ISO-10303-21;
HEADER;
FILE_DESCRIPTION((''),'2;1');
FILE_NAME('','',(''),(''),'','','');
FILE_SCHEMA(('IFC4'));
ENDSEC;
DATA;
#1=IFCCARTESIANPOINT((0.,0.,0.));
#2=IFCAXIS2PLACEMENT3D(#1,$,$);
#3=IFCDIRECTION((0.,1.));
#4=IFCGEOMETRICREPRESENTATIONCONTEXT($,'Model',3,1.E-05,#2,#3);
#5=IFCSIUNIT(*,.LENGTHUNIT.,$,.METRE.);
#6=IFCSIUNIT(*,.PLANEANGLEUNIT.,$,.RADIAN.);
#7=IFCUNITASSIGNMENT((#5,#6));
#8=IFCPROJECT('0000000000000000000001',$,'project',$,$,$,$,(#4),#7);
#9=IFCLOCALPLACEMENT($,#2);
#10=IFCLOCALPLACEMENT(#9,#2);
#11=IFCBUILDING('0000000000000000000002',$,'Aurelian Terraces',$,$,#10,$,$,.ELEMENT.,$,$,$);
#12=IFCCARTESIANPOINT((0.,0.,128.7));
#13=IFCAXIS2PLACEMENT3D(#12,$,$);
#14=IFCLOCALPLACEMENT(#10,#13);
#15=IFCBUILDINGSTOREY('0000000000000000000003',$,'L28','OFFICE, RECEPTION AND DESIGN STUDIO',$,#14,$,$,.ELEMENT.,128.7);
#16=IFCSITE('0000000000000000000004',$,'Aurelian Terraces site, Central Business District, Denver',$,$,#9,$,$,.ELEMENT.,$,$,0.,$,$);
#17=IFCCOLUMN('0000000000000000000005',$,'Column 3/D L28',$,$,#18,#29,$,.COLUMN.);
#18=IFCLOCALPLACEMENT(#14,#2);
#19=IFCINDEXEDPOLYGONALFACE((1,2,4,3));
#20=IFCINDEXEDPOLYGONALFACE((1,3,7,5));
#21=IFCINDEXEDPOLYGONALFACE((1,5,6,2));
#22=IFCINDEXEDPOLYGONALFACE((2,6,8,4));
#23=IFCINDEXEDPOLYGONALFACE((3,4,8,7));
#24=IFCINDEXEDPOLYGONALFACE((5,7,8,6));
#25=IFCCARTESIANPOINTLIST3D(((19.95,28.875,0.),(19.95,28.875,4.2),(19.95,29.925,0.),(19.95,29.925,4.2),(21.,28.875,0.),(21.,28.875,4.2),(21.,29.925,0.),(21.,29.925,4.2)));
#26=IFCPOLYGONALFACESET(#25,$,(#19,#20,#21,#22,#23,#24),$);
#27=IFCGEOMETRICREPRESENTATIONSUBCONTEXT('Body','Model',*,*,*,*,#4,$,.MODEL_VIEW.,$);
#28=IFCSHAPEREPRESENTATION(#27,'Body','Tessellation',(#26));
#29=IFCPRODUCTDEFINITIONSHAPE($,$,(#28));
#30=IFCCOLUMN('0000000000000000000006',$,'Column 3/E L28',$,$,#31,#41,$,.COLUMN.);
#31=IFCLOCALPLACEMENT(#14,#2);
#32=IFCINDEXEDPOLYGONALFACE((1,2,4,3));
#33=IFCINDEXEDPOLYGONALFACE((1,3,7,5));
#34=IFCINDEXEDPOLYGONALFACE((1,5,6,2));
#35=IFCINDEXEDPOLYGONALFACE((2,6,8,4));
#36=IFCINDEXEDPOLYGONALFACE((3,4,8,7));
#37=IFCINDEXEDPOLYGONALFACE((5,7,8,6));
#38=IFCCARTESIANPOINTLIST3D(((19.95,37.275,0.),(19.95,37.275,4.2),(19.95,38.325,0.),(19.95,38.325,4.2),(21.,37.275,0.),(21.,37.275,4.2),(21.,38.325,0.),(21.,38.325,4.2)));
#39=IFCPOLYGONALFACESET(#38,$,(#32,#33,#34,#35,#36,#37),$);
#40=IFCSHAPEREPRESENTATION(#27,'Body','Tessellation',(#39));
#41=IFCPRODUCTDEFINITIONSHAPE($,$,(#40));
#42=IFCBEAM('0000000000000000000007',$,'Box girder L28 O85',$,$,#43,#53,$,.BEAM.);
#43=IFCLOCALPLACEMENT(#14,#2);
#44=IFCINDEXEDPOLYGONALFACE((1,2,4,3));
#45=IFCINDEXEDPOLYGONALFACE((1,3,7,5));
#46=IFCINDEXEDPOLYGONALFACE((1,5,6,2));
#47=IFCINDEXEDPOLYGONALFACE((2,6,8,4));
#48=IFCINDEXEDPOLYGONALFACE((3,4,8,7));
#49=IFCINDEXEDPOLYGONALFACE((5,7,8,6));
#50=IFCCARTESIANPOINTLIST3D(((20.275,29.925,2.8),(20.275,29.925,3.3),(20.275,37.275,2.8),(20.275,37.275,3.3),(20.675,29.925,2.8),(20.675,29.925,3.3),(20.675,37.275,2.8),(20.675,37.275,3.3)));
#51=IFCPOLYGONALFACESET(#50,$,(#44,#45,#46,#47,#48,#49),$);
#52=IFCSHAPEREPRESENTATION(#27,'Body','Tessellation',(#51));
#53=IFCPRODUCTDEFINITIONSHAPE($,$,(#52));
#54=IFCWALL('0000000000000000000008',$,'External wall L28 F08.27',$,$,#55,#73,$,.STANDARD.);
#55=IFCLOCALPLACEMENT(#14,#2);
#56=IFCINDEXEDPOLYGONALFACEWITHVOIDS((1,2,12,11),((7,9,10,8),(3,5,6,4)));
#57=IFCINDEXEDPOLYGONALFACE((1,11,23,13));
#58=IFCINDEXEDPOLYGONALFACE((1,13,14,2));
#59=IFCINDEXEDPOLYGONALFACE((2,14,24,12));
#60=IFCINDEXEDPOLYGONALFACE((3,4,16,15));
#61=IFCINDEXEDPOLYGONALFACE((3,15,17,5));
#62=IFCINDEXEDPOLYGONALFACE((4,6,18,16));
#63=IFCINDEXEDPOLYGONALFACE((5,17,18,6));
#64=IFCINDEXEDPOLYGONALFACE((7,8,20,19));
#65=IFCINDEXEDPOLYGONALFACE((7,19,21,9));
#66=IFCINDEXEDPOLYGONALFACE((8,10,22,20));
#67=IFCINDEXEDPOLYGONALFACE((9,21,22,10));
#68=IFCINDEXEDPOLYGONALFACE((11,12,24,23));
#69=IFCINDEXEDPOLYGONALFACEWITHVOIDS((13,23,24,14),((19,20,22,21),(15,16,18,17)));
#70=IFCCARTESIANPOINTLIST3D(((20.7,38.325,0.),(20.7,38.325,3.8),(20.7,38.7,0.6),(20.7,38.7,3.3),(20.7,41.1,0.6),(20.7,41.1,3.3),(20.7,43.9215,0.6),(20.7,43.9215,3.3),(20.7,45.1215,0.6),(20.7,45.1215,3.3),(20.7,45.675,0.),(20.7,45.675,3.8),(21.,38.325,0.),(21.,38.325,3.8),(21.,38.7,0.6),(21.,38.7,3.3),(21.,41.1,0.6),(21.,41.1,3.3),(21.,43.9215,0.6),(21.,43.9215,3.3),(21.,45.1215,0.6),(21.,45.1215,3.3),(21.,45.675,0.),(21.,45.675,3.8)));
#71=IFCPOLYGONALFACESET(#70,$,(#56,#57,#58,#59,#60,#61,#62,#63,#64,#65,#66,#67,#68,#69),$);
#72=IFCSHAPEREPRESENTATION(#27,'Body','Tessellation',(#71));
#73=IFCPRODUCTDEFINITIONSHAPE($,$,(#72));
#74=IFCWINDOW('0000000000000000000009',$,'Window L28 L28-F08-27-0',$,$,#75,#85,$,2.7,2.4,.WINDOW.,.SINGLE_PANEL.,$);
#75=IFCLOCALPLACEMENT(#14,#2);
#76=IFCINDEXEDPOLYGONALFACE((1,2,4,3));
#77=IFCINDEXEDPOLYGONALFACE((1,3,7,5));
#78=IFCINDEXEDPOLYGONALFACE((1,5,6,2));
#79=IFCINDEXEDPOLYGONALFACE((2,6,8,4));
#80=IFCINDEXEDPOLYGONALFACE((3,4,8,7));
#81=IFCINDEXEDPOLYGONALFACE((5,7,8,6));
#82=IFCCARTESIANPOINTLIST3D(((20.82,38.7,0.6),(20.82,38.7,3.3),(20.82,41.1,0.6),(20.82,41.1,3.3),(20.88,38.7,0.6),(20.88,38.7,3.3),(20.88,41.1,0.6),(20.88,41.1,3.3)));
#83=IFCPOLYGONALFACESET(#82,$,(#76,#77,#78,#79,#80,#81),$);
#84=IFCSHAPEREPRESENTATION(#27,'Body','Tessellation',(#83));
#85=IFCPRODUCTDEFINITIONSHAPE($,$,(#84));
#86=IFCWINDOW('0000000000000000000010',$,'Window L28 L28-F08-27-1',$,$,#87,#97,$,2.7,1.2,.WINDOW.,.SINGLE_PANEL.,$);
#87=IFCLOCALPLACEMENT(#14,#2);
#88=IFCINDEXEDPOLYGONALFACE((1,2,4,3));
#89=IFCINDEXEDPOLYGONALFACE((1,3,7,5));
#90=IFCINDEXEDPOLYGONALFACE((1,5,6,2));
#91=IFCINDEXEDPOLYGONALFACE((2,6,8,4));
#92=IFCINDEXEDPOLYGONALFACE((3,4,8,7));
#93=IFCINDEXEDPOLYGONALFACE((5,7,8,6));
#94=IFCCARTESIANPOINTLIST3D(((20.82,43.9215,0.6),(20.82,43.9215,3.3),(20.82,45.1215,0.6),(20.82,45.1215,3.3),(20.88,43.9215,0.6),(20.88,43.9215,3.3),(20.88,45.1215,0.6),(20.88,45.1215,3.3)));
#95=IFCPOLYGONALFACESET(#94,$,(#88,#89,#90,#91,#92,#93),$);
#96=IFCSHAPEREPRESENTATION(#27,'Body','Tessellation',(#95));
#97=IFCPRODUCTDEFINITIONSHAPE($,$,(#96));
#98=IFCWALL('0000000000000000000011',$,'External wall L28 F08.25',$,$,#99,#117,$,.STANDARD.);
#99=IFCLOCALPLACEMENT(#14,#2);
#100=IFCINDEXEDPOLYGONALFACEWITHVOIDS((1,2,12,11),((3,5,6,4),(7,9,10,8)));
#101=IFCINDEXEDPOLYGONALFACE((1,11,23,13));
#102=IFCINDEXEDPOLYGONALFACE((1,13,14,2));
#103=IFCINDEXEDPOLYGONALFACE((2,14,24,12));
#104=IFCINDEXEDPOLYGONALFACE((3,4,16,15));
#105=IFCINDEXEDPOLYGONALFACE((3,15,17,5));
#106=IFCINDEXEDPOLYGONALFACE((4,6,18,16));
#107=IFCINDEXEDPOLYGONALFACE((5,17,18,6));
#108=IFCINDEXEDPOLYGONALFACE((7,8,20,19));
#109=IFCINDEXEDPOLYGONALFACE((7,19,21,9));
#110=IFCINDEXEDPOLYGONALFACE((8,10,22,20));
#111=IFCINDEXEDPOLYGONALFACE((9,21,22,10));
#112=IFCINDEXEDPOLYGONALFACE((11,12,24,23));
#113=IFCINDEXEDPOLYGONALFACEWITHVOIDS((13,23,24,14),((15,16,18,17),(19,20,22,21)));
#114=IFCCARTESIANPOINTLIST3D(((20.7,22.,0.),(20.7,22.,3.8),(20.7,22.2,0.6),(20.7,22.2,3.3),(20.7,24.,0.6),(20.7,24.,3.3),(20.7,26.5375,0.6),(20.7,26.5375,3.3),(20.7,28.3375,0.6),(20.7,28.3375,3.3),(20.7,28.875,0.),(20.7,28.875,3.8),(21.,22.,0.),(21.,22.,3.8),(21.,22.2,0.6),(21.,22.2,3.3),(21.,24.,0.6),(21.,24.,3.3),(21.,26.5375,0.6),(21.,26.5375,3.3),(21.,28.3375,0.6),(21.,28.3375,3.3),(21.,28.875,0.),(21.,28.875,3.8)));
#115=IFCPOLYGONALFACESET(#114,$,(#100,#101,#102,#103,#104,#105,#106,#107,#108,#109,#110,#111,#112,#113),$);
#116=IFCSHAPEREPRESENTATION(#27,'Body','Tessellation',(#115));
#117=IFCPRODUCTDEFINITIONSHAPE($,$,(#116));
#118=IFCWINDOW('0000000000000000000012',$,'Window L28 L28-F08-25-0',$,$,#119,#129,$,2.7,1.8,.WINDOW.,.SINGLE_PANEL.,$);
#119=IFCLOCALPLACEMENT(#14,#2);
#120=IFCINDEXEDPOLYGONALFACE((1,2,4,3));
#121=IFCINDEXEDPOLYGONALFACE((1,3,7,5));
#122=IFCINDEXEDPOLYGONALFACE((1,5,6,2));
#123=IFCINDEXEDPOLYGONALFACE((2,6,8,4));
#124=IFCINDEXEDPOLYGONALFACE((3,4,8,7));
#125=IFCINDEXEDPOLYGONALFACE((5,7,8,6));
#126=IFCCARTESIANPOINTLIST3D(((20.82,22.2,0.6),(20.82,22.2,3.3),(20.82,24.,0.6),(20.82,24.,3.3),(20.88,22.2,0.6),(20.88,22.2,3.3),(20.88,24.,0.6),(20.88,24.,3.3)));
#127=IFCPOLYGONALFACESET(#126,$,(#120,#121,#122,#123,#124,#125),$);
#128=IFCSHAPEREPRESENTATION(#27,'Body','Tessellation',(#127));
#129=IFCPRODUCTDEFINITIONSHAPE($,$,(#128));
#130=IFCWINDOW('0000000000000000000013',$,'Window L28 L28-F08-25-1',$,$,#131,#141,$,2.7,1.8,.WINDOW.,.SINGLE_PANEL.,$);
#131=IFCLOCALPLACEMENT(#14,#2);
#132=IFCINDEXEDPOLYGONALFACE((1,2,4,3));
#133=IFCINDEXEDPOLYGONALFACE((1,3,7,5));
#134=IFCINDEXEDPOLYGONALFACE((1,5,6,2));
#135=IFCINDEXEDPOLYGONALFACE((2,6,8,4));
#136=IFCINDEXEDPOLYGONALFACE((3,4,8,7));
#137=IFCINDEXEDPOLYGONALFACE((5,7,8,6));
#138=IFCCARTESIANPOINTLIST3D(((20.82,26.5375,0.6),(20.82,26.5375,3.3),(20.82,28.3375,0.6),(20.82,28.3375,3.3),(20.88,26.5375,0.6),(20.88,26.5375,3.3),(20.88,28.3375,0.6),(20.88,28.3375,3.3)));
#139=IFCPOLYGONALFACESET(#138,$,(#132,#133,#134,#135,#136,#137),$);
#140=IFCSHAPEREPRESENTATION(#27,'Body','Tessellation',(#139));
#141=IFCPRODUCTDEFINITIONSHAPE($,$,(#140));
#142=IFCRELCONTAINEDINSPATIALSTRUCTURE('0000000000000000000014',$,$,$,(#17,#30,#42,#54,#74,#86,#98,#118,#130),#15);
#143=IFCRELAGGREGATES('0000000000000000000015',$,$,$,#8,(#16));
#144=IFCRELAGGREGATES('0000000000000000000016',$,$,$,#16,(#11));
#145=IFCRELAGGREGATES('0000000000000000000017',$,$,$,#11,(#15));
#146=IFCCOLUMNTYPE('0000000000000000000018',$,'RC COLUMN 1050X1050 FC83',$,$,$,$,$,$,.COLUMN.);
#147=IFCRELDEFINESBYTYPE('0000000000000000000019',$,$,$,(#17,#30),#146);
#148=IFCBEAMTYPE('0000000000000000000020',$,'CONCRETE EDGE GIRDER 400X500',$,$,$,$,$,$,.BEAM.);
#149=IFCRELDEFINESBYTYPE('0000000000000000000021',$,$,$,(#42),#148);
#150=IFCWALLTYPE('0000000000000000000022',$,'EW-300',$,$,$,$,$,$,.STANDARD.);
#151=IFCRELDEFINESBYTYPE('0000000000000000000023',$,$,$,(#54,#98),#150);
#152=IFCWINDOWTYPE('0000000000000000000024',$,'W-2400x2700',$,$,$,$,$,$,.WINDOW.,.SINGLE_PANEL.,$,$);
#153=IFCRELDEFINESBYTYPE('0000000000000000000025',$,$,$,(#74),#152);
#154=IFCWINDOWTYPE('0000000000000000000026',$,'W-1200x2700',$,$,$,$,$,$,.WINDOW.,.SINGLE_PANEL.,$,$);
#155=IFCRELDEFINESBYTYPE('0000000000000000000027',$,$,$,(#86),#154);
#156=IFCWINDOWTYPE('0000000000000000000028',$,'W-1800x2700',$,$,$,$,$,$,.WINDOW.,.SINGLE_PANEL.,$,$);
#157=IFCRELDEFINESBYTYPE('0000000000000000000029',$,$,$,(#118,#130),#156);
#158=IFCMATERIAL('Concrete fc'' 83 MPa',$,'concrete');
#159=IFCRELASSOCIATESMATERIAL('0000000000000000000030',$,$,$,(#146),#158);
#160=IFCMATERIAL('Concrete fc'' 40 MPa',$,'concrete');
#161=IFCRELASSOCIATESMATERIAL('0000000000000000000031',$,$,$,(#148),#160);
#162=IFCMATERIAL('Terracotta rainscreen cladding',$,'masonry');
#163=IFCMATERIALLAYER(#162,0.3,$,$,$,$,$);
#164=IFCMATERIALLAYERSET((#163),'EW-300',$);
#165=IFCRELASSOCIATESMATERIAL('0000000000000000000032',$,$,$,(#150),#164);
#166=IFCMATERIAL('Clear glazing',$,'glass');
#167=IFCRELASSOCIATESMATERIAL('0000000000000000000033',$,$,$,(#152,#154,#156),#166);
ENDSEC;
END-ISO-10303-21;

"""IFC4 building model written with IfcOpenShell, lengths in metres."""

from ifc_helpers import new_model, si_unit, direction, frame, frame_2d, origin, origin_2d, place, context, subcontext, project, spatial, rectangle, extrude, source, transform, mapped, material, layer, layer_set, material_profile, profile_set, type_object, element, fill, save


model = new_model("IFC4")

# Units and contexts
model_context = context("Model", 3, precision=1e-05, world=origin(), true_north=direction((0.0, 1.0)))
body_context = subcontext(model_context, "Body", "Model", "MODEL_VIEW")
ifc_project = project(units=[si_unit("LENGTHUNIT", "METRE"), si_unit("PLANEANGLEUNIT", "RADIAN")], contexts=[model_context])

# Site, building, storey
site_placement = place(None, origin())
site = spatial("IfcSite", under=ifc_project, at=site_placement, Name="Aurelian Terraces site, Central Business District, Denver", CompositionType="ELEMENT", RefElevation=0.0)
building_placement = place(site_placement, origin())
building = spatial("IfcBuilding", under=site, at=building_placement, Name="Aurelian Terraces", CompositionType="ELEMENT")
storey_placement = place(building_placement, frame((0.0, 0.0, 128.7)))
storey = spatial("IfcBuildingStorey", under=building, at=storey_placement, Name="L28", Description="OFFICE, RECEPTION AND DESIGN STUDIO", CompositionType="ELEMENT", Elevation=128.7)

# Columns
ifc_material_1 = material(Name="Concrete fc' 83 MPa", Category="concrete")
ifc_material_profile_1 = material_profile(ifc_material_1, rectangle(XDim=1.05, YDim=1.05, at=origin_2d()))
ifc_profile_set_1 = profile_set([ifc_material_profile_1], Name="Concrete fc' 83 MPa")
column_type = type_object("IfcColumnType", Name="RC COLUMN 1050X1050 FC83", PredefinedType="COLUMN", material=ifc_profile_set_1)
shared_shape_1 = source(origin(), body_context, "Body", "SweptSolid", [
    extrude(rectangle(XDim=1.05, YDim=1.05, at=origin_2d()), origin(), (0.0, 0.0, 1.0), 4.2),
])
for number, where, z_axis, x_axis, name in (
    (1, (20.475, 29.4, 0.0), (0.0, 0.0, 1.0), (1.0, 0.0, 0.0), "Column 3/D L28"),
    (2, (20.475, 37.8, 0.0), (0.0, 0.0, 1.0), (1.0, 0.0, 0.0), "Column 3/E L28"),
):
    element("IfcColumn", number, at=place(storey_placement, frame(where, z_axis=z_axis, x_axis=x_axis)), inside=storey, type_object=column_type, Name=name, PredefinedType="COLUMN", context=body_context, shape_type="MappedRepresentation", body=[
        mapped(shared_shape_1, transform((0.0, 0.0, 0.0), scale=1.0)),
    ])

# Beam
ifc_material_2 = material(Name="Concrete fc' 40 MPa", Category="concrete")
ifc_material_profile_2 = material_profile(ifc_material_2, rectangle(XDim=0.4, YDim=0.5, at=origin_2d()))
ifc_profile_set_2 = profile_set([ifc_material_profile_2], Name="Concrete fc' 40 MPa")
beam_type = type_object("IfcBeamType", Name="CONCRETE EDGE GIRDER 400X500", PredefinedType="BEAM", material=ifc_profile_set_2)
shared_shape_2 = source(origin(), body_context, "Body", "SweptSolid", [
    extrude(rectangle(XDim=0.4, YDim=0.5, at=origin_2d()), origin(), (0.0, 0.0, 1.0), 7.35),
])
beam_placement = place(storey_placement, frame((20.475, 29.925, 3.05), z_axis=(0.0, 1.0, 0.0), x_axis=(-1.0, 0.0, 0.0)))
element("IfcBeam", 3, at=beam_placement, inside=storey, type_object=beam_type, Name="Box girder L28 O85", PredefinedType="BEAM", context=body_context, shape_type="MappedRepresentation", body=[
    mapped(shared_shape_2, transform((0.0, 0.0, 0.0), scale=1.0)),
])

# Walls, openings, windows
ifc_material_3 = material(Name="Terracotta rainscreen cladding", Category="masonry")
ifc_layer_1 = layer(ifc_material_3, 0.3)
ifc_layer_set_1 = layer_set([ifc_layer_1], Name="EW-300")
wall_type_1 = type_object("IfcWallType", Name="EW-300", PredefinedType="STANDARD", material=ifc_layer_set_1)
shared_shape_3 = source(origin(), body_context, "Body", "SweptSolid", [
    extrude(rectangle(XDim=7.35, YDim=0.3, at=frame_2d((3.675, 0.0))), origin(), (0.0, 0.0, 1.0), 3.8),
])
wall_1_placement = place(storey_placement, frame((20.85, 38.325, 0.0), z_axis=(0.0, 0.0, 1.0), x_axis=(0.0, 1.0, 0.0)))
wall_1 = element("IfcWall", 4, at=wall_1_placement, inside=storey, type_object=wall_type_1, Name="External wall L28 F08.27", PredefinedType="STANDARD", context=body_context, shape_type="MappedRepresentation", body=[
    mapped(shared_shape_3, transform((0.0, 0.0, 0.0), scale=1.0)),
])
shared_shape_4 = source(origin(), body_context, "Body", "SweptSolid", [
    extrude(rectangle(XDim=2.4, YDim=2.7, at=frame_2d((1.2, 1.35))), frame((0.0, 0.16, 0.0), z_axis=(0.0, -1.0, 0.0), x_axis=(1.0, 0.0, 0.0)), (0.0, 0.0, 1.0), 0.32),
])
opening_1_placement = place(wall_1_placement, frame((0.375, 0.0, 0.6)))
opening_1 = element("IfcOpeningElement", 5, at=opening_1_placement, cuts=wall_1, PredefinedType="OPENING", context=body_context, shape_type="MappedRepresentation", body=[
    mapped(shared_shape_4, transform((0.0, 0.0, 0.0), scale=1.0)),
])
shared_shape_5 = source(origin(), body_context, "Body", "SweptSolid", [
    extrude(rectangle(XDim=1.2, YDim=2.7, at=frame_2d((0.6, 1.35))), frame((0.0, 0.16, 0.0), z_axis=(0.0, -1.0, 0.0), x_axis=(1.0, 0.0, 0.0)), (0.0, 0.0, 1.0), 0.32),
])
opening_2_placement = place(wall_1_placement, frame((5.5965, 0.0, 0.6)))
opening_2 = element("IfcOpeningElement", 6, at=opening_2_placement, cuts=wall_1, PredefinedType="OPENING", context=body_context, shape_type="MappedRepresentation", body=[
    mapped(shared_shape_5, transform((0.0, 0.0, 0.0), scale=1.0)),
])
ifc_material_4 = material(Name="Clear glazing", Category="glass")
window_type_1 = type_object("IfcWindowType", Name="W-2400x2700", PartitioningType="SINGLE_PANEL", PredefinedType="WINDOW", material=ifc_material_4)
shared_shape_6 = source(origin(), body_context, "Body", "SweptSolid", [
    extrude(rectangle(XDim=2.4, YDim=2.7, at=frame_2d((1.2, 1.35))), frame((0.0, 0.03, 0.0), z_axis=(0.0, -1.0, 0.0), x_axis=(1.0, 0.0, 0.0)), (0.0, 0.0, 1.0), 0.06),
])
window_1_placement = place(opening_1_placement, origin())
window_1 = element("IfcWindow", 7, at=window_1_placement, inside=storey, type_object=window_type_1, Name="Window L28 L28-F08-27-0", OverallHeight=2.7, OverallWidth=2.4, PartitioningType="SINGLE_PANEL", PredefinedType="WINDOW", context=body_context, shape_type="MappedRepresentation", body=[
    mapped(shared_shape_6, transform((0.0, 0.0, 0.0), scale=1.0)),
])
fill(opening_1, window_1)
window_type_2 = type_object("IfcWindowType", Name="W-1200x2700", PartitioningType="SINGLE_PANEL", PredefinedType="WINDOW", material=ifc_material_4)
shared_shape_7 = source(origin(), body_context, "Body", "SweptSolid", [
    extrude(rectangle(XDim=1.2, YDim=2.7, at=frame_2d((0.6, 1.35))), frame((0.0, 0.03, 0.0), z_axis=(0.0, -1.0, 0.0), x_axis=(1.0, 0.0, 0.0)), (0.0, 0.0, 1.0), 0.06),
])
window_2_placement = place(opening_2_placement, origin())
window_2 = element("IfcWindow", 8, at=window_2_placement, inside=storey, type_object=window_type_2, Name="Window L28 L28-F08-27-1", OverallHeight=2.7, OverallWidth=1.2, PartitioningType="SINGLE_PANEL", PredefinedType="WINDOW", context=body_context, shape_type="MappedRepresentation", body=[
    mapped(shared_shape_7, transform((0.0, 0.0, 0.0), scale=1.0)),
])
fill(opening_2, window_2)
shared_shape_8 = source(origin(), body_context, "Body", "SweptSolid", [
    extrude(rectangle(XDim=6.875, YDim=0.3, at=frame_2d((3.4375, 0.0))), origin(), (0.0, 0.0, 1.0), 3.8),
])
wall_2_placement = place(storey_placement, frame((20.85, 22.0, 0.0), z_axis=(0.0, 0.0, 1.0), x_axis=(0.0, 1.0, 0.0)))
wall_2 = element("IfcWall", 9, at=wall_2_placement, inside=storey, type_object=wall_type_1, Name="External wall L28 F08.25", PredefinedType="STANDARD", context=body_context, shape_type="MappedRepresentation", body=[
    mapped(shared_shape_8, transform((0.0, 0.0, 0.0), scale=1.0)),
])
shared_shape_9 = source(origin(), body_context, "Body", "SweptSolid", [
    extrude(rectangle(XDim=1.8, YDim=2.7, at=frame_2d((0.9, 1.35))), frame((0.0, 0.16, 0.0), z_axis=(0.0, -1.0, 0.0), x_axis=(1.0, 0.0, 0.0)), (0.0, 0.0, 1.0), 0.32),
])
opening_3_placement = place(wall_2_placement, frame((0.2, 0.0, 0.6)))
opening_3 = element("IfcOpeningElement", 10, at=opening_3_placement, cuts=wall_2, PredefinedType="OPENING", context=body_context, shape_type="MappedRepresentation", body=[
    mapped(shared_shape_9, transform((0.0, 0.0, 0.0), scale=1.0)),
])
opening_4_placement = place(wall_2_placement, frame((4.5375, 0.0, 0.6)))
opening_4 = element("IfcOpeningElement", 11, at=opening_4_placement, cuts=wall_2, PredefinedType="OPENING", context=body_context, shape_type="MappedRepresentation", body=[
    mapped(shared_shape_9, transform((0.0, 0.0, 0.0), scale=1.0)),
])
window_type_3 = type_object("IfcWindowType", Name="W-1800x2700", PartitioningType="SINGLE_PANEL", PredefinedType="WINDOW", material=ifc_material_4)
shared_shape_10 = source(origin(), body_context, "Body", "SweptSolid", [
    extrude(rectangle(XDim=1.8, YDim=2.7, at=frame_2d((0.9, 1.35))), frame((0.0, 0.03, 0.0), z_axis=(0.0, -1.0, 0.0), x_axis=(1.0, 0.0, 0.0)), (0.0, 0.0, 1.0), 0.06),
])
window_3_placement = place(opening_3_placement, origin())
window_3 = element("IfcWindow", 12, at=window_3_placement, inside=storey, type_object=window_type_3, Name="Window L28 L28-F08-25-0", OverallHeight=2.7, OverallWidth=1.8, PartitioningType="SINGLE_PANEL", PredefinedType="WINDOW", context=body_context, shape_type="MappedRepresentation", body=[
    mapped(shared_shape_10, transform((0.0, 0.0, 0.0), scale=1.0)),
])
fill(opening_3, window_3)
window_4_placement = place(opening_4_placement, origin())
window_4 = element("IfcWindow", 13, at=window_4_placement, inside=storey, type_object=window_type_3, Name="Window L28 L28-F08-25-1", OverallHeight=2.7, OverallWidth=1.8, PartitioningType="SINGLE_PANEL", PredefinedType="WINDOW", context=body_context, shape_type="MappedRepresentation", body=[
    mapped(shared_shape_10, transform((0.0, 0.0, 0.0), scale=1.0)),
])
fill(opening_4, window_4)

save(model, "model.ifc")
